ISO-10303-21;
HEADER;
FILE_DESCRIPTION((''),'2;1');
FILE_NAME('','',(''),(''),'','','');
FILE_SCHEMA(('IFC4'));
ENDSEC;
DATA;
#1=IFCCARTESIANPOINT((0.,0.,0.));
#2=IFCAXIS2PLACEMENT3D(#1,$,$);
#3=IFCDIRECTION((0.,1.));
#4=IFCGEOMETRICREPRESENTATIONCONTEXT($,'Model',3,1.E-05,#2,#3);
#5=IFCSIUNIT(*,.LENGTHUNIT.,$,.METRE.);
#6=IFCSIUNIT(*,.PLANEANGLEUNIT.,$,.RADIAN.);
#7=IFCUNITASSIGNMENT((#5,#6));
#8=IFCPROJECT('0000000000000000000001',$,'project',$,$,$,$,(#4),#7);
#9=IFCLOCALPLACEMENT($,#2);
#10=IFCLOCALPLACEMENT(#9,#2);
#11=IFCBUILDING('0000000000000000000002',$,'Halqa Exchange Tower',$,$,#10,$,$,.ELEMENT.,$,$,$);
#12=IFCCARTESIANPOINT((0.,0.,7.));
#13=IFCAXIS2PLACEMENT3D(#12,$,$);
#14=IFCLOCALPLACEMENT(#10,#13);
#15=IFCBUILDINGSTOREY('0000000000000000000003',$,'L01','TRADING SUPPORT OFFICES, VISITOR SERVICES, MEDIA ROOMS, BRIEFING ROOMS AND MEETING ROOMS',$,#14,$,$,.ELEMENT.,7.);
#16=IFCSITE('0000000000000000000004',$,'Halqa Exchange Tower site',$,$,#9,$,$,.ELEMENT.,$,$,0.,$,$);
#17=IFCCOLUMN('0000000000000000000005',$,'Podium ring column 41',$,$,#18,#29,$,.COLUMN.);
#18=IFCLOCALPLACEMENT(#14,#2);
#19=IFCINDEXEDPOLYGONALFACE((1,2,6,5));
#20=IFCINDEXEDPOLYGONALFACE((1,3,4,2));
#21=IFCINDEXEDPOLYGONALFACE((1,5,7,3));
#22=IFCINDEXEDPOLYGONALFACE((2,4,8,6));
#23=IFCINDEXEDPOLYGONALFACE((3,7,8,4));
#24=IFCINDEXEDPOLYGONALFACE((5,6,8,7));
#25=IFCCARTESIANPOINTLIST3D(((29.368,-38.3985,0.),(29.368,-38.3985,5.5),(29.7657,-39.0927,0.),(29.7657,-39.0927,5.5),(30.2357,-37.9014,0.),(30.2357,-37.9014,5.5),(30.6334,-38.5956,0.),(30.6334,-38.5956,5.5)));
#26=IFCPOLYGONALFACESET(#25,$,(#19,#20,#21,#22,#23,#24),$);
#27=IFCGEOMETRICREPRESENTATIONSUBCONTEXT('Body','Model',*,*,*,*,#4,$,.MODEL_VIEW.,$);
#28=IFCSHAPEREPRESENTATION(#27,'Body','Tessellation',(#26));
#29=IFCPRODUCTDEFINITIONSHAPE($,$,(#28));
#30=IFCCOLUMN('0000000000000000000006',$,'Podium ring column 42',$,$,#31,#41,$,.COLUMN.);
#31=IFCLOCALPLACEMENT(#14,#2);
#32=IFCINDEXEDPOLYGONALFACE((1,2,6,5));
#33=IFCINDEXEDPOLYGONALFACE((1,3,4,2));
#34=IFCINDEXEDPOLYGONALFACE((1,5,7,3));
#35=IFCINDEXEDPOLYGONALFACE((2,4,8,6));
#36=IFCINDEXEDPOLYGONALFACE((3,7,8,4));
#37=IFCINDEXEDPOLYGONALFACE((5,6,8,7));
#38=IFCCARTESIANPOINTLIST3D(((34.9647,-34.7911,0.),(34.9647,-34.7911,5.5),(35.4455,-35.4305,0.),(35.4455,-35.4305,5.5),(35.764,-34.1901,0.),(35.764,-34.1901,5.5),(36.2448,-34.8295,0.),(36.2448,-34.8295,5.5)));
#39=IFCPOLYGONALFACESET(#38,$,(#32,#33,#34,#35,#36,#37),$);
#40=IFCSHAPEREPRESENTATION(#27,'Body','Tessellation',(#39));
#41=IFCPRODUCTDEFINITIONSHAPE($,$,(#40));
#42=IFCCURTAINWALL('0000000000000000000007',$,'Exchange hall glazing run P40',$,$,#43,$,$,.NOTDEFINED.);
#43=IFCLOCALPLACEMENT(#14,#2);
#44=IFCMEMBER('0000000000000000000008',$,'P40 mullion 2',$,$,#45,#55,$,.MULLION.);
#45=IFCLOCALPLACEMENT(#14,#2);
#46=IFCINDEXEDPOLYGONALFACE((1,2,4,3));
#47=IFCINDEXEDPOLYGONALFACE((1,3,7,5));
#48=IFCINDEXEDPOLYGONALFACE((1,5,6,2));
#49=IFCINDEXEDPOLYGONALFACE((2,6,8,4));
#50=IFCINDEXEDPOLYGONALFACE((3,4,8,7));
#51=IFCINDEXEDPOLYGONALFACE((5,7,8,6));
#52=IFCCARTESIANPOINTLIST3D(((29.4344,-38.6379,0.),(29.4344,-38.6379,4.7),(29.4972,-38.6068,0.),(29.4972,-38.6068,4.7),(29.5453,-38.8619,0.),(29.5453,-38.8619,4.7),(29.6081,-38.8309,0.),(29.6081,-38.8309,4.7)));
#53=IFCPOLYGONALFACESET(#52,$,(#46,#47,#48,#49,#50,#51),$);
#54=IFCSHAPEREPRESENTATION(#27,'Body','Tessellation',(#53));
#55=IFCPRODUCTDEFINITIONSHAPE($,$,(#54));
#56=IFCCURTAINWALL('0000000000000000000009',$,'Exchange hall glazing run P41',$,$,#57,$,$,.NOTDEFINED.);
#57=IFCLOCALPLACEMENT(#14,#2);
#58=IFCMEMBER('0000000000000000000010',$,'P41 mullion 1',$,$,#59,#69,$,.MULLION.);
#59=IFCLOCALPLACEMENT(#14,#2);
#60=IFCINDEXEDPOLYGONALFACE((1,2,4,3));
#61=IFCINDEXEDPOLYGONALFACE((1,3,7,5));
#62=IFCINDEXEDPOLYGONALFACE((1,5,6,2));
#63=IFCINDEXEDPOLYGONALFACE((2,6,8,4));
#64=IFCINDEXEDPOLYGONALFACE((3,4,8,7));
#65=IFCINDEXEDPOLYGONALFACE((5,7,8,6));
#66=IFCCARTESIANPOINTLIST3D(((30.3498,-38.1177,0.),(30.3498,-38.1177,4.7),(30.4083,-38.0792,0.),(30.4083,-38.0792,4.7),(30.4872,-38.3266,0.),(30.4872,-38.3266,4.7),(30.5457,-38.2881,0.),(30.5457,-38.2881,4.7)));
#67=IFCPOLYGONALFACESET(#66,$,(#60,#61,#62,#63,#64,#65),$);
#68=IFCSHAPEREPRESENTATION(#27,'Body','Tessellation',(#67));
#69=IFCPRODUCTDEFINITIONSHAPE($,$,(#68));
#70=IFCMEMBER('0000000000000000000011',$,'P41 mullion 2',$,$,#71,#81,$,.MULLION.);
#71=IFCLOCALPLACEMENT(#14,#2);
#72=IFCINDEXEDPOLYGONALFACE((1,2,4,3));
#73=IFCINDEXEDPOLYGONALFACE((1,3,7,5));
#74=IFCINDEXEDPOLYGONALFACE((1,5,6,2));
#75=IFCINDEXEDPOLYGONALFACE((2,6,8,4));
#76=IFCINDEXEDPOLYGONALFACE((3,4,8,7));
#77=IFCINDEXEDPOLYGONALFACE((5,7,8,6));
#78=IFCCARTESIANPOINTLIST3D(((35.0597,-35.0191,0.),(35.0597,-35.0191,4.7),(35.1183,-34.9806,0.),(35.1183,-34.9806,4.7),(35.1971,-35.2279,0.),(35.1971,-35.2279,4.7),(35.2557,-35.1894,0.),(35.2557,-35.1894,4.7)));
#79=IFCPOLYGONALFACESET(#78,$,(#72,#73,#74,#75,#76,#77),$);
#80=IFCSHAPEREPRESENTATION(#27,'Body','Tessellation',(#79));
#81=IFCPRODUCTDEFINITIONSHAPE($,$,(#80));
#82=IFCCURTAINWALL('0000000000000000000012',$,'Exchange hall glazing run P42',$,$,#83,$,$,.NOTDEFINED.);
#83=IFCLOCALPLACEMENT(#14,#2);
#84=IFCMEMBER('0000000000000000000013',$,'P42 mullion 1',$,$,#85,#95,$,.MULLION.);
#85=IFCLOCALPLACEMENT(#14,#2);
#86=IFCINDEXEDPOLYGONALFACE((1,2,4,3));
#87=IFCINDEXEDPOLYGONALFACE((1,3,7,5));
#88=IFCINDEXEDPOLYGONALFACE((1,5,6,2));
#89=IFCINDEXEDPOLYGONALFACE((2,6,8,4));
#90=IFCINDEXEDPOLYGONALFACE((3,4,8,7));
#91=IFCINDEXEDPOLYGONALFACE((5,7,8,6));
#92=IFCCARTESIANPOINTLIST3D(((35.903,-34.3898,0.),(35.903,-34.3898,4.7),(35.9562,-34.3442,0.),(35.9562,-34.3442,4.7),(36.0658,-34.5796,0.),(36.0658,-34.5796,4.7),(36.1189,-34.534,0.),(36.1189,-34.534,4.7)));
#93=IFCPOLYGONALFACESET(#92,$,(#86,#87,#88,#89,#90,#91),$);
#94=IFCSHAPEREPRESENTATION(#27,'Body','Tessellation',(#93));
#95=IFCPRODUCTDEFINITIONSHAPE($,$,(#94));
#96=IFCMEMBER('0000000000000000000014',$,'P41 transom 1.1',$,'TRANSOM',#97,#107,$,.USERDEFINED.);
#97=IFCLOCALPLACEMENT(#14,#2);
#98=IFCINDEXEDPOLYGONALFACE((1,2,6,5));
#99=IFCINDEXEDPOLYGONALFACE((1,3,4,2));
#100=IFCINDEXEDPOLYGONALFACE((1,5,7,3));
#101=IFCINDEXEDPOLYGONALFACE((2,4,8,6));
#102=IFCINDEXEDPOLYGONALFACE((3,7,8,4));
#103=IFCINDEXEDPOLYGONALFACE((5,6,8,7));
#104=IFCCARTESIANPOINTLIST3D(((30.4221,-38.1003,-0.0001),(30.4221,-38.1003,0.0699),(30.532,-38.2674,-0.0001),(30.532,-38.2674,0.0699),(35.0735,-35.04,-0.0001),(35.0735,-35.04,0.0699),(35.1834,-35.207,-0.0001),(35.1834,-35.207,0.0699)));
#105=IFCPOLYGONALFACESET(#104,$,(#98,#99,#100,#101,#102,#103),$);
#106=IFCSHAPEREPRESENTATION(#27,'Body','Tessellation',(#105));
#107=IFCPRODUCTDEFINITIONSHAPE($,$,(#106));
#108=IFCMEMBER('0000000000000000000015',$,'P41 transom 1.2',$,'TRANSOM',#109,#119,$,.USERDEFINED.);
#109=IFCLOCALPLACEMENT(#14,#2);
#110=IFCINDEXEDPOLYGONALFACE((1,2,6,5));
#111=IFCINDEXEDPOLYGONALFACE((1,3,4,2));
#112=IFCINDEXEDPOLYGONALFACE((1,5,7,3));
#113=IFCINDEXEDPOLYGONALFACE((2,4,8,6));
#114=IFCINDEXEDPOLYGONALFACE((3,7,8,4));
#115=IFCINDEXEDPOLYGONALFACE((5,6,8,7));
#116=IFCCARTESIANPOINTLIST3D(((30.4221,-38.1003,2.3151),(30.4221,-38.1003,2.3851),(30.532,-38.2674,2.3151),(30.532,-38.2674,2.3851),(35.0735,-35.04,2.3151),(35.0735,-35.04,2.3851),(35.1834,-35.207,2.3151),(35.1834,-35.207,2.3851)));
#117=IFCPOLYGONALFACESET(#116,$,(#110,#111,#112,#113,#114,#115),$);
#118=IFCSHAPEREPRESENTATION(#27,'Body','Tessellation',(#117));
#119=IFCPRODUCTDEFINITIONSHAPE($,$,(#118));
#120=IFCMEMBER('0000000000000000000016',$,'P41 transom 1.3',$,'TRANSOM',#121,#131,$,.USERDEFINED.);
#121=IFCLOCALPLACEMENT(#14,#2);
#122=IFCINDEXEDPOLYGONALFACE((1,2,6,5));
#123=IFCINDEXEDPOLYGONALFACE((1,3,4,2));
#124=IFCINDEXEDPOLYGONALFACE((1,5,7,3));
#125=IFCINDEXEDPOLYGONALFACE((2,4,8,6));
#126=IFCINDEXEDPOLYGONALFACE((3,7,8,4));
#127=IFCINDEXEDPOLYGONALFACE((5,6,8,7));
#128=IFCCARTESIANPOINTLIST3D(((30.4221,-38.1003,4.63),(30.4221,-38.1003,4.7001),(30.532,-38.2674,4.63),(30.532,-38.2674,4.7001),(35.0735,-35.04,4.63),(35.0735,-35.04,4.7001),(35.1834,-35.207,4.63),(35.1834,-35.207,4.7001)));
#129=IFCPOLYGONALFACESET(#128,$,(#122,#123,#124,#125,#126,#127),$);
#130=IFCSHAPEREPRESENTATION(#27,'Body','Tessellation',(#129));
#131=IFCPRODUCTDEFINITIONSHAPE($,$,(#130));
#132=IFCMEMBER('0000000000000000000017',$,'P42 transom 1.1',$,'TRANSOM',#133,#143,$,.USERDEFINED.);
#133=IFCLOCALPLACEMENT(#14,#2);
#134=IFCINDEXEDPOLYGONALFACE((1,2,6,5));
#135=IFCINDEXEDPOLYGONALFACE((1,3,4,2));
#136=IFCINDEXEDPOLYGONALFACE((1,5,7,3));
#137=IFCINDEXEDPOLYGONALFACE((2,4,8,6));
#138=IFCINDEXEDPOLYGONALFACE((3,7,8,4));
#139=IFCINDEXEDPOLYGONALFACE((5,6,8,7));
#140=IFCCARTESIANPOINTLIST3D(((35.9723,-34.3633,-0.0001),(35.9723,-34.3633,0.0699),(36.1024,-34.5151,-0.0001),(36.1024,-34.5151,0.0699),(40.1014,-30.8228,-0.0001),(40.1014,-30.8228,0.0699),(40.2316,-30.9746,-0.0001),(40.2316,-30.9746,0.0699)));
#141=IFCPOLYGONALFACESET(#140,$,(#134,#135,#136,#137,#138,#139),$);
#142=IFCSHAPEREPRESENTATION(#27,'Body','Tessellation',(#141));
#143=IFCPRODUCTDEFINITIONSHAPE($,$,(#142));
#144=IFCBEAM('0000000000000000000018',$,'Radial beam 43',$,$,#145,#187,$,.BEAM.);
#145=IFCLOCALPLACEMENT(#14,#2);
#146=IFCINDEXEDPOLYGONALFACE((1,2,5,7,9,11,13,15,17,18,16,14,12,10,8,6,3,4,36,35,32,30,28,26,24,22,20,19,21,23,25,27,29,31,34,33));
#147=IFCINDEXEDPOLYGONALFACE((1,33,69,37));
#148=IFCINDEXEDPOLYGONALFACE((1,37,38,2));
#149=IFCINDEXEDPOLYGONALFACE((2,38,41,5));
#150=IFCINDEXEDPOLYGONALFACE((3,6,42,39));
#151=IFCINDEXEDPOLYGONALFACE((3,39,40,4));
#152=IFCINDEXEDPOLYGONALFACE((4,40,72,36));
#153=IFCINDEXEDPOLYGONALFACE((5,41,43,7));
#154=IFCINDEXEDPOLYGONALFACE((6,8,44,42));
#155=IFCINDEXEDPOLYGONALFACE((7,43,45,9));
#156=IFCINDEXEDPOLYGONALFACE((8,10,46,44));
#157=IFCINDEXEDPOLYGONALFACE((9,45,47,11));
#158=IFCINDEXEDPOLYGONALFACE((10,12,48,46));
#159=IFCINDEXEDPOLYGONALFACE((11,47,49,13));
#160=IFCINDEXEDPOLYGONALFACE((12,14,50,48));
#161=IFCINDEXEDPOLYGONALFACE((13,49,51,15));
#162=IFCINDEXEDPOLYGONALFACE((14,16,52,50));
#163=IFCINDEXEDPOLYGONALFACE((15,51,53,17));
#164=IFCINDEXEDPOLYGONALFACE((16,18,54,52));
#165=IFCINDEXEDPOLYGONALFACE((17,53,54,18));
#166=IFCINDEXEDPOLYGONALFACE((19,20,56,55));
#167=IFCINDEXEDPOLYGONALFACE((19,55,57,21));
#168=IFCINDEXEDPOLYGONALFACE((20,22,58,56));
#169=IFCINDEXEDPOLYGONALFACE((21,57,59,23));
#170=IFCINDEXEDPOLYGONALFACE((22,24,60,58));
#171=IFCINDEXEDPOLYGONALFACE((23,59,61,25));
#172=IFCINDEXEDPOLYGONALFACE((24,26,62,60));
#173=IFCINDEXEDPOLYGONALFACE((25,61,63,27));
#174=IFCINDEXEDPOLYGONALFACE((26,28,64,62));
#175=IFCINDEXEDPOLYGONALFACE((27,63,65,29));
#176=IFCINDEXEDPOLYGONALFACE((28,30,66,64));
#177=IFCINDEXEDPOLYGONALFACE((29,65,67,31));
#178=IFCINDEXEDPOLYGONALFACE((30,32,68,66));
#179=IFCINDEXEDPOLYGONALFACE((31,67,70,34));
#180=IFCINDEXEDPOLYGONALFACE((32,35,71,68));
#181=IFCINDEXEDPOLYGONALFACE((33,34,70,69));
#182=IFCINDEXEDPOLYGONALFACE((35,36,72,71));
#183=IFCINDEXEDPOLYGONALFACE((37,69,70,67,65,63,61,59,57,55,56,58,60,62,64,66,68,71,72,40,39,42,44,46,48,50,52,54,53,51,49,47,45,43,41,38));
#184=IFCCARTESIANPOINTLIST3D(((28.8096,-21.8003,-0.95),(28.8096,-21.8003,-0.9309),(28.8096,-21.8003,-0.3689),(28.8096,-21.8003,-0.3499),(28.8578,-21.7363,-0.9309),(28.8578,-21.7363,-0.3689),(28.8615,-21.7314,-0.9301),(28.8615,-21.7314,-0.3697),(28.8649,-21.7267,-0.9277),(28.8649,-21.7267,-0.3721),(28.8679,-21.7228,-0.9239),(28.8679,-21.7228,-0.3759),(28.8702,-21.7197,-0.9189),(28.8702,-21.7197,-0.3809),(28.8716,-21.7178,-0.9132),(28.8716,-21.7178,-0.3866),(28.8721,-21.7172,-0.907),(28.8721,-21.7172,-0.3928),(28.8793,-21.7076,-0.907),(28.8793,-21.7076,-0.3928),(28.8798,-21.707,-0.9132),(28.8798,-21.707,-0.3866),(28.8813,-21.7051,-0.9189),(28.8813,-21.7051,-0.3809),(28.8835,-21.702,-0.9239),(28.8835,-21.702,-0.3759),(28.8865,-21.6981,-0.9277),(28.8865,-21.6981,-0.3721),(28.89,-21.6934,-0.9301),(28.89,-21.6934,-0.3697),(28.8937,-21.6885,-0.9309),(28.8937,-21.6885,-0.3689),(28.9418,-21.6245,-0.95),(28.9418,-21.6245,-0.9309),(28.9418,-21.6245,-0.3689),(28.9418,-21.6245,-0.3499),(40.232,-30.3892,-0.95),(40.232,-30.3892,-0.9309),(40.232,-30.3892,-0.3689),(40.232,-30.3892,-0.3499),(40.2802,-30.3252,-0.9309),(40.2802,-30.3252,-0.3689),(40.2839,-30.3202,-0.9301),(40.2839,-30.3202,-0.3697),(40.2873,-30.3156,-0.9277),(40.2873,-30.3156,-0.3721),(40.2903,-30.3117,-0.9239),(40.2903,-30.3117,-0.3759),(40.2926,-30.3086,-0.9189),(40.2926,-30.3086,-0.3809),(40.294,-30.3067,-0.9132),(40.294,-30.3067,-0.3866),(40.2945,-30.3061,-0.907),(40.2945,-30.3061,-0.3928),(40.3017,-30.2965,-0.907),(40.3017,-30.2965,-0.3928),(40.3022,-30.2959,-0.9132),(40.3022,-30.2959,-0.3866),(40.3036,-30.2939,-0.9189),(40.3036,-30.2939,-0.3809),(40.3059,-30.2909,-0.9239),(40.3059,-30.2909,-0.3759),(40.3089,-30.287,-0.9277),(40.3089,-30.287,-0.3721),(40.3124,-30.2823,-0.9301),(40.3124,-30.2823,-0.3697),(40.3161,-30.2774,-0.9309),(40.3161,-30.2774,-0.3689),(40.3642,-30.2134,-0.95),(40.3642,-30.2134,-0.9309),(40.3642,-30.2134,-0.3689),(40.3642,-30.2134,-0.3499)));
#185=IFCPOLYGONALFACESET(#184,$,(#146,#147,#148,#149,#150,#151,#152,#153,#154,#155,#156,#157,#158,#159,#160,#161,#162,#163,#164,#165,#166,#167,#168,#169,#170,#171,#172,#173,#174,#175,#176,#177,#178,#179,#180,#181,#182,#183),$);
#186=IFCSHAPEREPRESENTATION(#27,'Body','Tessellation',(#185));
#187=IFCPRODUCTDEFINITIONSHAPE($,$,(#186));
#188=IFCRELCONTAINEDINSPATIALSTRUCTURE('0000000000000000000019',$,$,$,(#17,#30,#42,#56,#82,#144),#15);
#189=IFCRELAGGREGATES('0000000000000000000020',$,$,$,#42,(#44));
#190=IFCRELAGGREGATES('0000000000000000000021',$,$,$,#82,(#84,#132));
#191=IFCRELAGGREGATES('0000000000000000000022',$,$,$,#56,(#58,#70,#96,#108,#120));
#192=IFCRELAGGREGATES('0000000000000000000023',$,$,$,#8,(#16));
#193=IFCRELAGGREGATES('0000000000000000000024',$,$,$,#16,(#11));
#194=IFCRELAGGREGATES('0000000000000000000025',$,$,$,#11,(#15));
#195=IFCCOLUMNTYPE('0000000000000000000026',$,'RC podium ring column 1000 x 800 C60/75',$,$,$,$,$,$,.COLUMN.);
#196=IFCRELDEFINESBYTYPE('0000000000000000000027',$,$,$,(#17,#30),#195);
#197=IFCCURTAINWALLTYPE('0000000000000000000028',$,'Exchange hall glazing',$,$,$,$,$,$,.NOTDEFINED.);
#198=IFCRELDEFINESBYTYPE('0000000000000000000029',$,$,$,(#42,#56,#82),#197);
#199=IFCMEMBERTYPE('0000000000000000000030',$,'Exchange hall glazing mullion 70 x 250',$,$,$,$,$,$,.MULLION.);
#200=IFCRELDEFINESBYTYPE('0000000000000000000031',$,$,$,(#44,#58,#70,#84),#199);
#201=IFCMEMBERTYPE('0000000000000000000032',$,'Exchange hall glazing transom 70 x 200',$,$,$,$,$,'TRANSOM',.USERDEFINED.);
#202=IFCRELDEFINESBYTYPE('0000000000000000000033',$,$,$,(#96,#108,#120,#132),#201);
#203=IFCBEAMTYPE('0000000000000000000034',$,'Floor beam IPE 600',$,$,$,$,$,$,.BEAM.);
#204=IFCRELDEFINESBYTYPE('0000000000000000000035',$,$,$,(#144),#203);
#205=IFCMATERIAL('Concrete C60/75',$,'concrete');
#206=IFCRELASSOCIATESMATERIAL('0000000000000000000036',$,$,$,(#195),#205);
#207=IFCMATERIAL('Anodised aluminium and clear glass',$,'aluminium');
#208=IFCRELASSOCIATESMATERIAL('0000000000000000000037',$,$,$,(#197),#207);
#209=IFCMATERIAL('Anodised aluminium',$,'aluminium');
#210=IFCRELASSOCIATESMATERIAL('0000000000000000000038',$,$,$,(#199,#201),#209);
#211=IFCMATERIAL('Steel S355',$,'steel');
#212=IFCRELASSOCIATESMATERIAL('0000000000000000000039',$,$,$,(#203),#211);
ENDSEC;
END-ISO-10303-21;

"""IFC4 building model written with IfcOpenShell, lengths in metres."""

from ifc_helpers import new_model, si_unit, direction, frame, origin, origin_2d, place, context, subcontext, project, spatial, rectangle, i_section, extrude, material, material_profile, profile_set, type_object, element, aggregate, save


model = new_model("IFC4")

# Units and contexts
model_context = context("Model", 3, precision=1e-05, world=origin(), true_north=direction((0.0, 1.0)))
body_context = subcontext(model_context, "Body", "Model", "MODEL_VIEW")
ifc_project = project(units=[si_unit("LENGTHUNIT", "METRE"), si_unit("PLANEANGLEUNIT", "RADIAN")], contexts=[model_context])

# Site, building, storey
site_placement = place(None, origin())
site = spatial("IfcSite", under=ifc_project, at=site_placement, Name="Halqa Exchange Tower site", CompositionType="ELEMENT", RefElevation=0.0)
building_placement = place(site_placement, origin())
building = spatial("IfcBuilding", under=site, at=building_placement, Name="Halqa Exchange Tower", CompositionType="ELEMENT")
storey_placement = place(building_placement, frame((0.0, 0.0, 7.0)))
storey = spatial("IfcBuildingStorey", under=building, at=storey_placement, Name="L01", Description="TRADING SUPPORT OFFICES, VISITOR SERVICES, MEDIA ROOMS, BRIEFING ROOMS AND MEETING ROOMS", CompositionType="ELEMENT", Elevation=7.0)

# Columns
ifc_material_1 = material(Name="Concrete C60/75", Category="concrete")
ifc_material_profile_1 = material_profile(ifc_material_1, rectangle(XDim=1.0, YDim=0.8, at=origin_2d()), Name="1000 x 800")
ifc_profile_set_1 = profile_set([ifc_material_profile_1], Name="Concrete C60/75")
column_type = type_object("IfcColumnType", Name="RC podium ring column 1000 x 800 C60/75", PredefinedType="COLUMN", material=ifc_profile_set_1)
for number, where, z_axis, x_axis, name in (
    (1, (30.0007, -38.4971, 0.0), (0.0, 0.0, 1.0), (0.867693, 0.4971, 0.0), "Podium ring column 41"),
    (2, (35.6047, -34.8103, 0.0), (0.0, 0.0, 1.0), (0.79926, 0.600985, 0.0), "Podium ring column 42"),
):
    element("IfcColumn", number, at=place(storey_placement, frame(where, z_axis=z_axis, x_axis=x_axis)), inside=storey, type_object=column_type, Name=name, PredefinedType="COLUMN", context=body_context, shape_type="SweptSolid", body=[
        extrude(rectangle(XDim=1.0, YDim=0.8, at=origin_2d()), origin(), (0.0, 0.0, 1.0), 5.5),
    ])

# Curtain wall, member
ifc_material_2 = material(Name="Anodised aluminium and clear glass", Category="aluminium")
curtain_wall_type = type_object("IfcCurtainWallType", Name="Exchange hall glazing", PredefinedType="NOTDEFINED", material=ifc_material_2)
curtain_wall_1_placement = place(storey_placement, origin())
curtain_wall_1 = element("IfcCurtainWall", 3, at=curtain_wall_1_placement, inside=storey, type_object=curtain_wall_type, Name="Exchange hall glazing run P40", PredefinedType="NOTDEFINED")
ifc_material_3 = material(Name="Anodised aluminium", Category="aluminium")
ifc_material_profile_2 = material_profile(ifc_material_3, rectangle(XDim=0.25, YDim=0.0701, at=origin_2d()), Name="AL 70x250")
ifc_profile_set_2 = profile_set([ifc_material_profile_2], Name="Anodised aluminium")
member_type_1 = type_object("IfcMemberType", Name="Exchange hall glazing mullion 70 x 250", PredefinedType="MULLION", material=ifc_profile_set_2)
member_1_placement = place(storey_placement, frame((29.5212, -38.7344, 0.0), z_axis=(0.0, 0.0, 1.0), x_axis=(-0.443653, 0.896198, 0.0)))
member_1 = element("IfcMember", 4, at=member_1_placement, type_object=member_type_1, Name="P40 mullion 2", PredefinedType="MULLION", context=body_context, shape_type="SweptSolid", body=[
    extrude(rectangle(XDim=0.25, YDim=0.0701, at=origin_2d()), origin(), (0.0, 0.0, 1.0), 4.7),
])
aggregate(curtain_wall_1, [member_1])

# Curtain wall, members
curtain_wall_2_placement = place(storey_placement, origin())
curtain_wall_2 = element("IfcCurtainWall", 5, at=curtain_wall_2_placement, inside=storey, type_object=curtain_wall_type, Name="Exchange hall glazing run P41", PredefinedType="NOTDEFINED")
member_2_placement = place(storey_placement, frame((30.4478, -38.2029, 0.0), z_axis=(0.0, 0.0, 1.0), x_axis=(-0.54962, 0.835415, 0.0)))
member_2 = element("IfcMember", 6, at=member_2_placement, type_object=member_type_1, Name="P41 mullion 1", PredefinedType="MULLION", context=body_context, shape_type="SweptSolid", body=[
    extrude(rectangle(XDim=0.25, YDim=0.0701, at=origin_2d()), origin(), (0.0, 0.0, 1.0), 4.7),
])
member_3_placement = place(storey_placement, frame((35.1577, -35.1042, 0.0), z_axis=(0.0, 0.0, 1.0), x_axis=(-0.54962, 0.835415, 0.0)))
member_3 = element("IfcMember", 7, at=member_3_placement, type_object=member_type_1, Name="P41 mullion 2", PredefinedType="MULLION", context=body_context, shape_type="SweptSolid", body=[
    extrude(rectangle(XDim=0.25, YDim=0.0701, at=origin_2d()), origin(), (0.0, 0.0, 1.0), 4.7),
])

# Curtain wall, member
curtain_wall_3_placement = place(storey_placement, origin())
curtain_wall_3 = element("IfcCurtainWall", 8, at=curtain_wall_3_placement, inside=storey, type_object=curtain_wall_type, Name="Exchange hall glazing run P42", PredefinedType="NOTDEFINED")
member_4_placement = place(storey_placement, frame((36.011, -34.4619, 0.0), z_axis=(0.0, 0.0, 1.0), x_axis=(-0.650911, 0.759154, 0.0)))
member_4 = element("IfcMember", 9, at=member_4_placement, type_object=member_type_1, Name="P42 mullion 1", PredefinedType="MULLION", context=body_context, shape_type="SweptSolid", body=[
    extrude(rectangle(XDim=0.25, YDim=0.0701, at=origin_2d()), origin(), (0.0, 0.0, 1.0), 4.7),
])

# Members
ifc_material_profile_3 = material_profile(ifc_material_3, rectangle(XDim=0.2, YDim=0.0701, at=origin_2d()), Name="AL 70x200")
ifc_profile_set_3 = profile_set([ifc_material_profile_3], Name="Anodised aluminium")
member_type_2 = type_object("IfcMemberType", Name="Exchange hall glazing transom 70 x 200", ElementType="TRANSOM", PredefinedType="USERDEFINED", material=ifc_profile_set_3)
member_5_placement = place(storey_placement, frame((30.4771, -38.1838, 0.0349), z_axis=(0.835401, 0.549641, 0.0), x_axis=(-0.549641, 0.835401, 0.0)))
member_5 = element("IfcMember", 10, at=member_5_placement, type_object=member_type_2, Name="P41 transom 1.1", ObjectType="TRANSOM", PredefinedType="USERDEFINED", context=body_context, shape_type="SweptSolid", body=[
    extrude(rectangle(XDim=0.2, YDim=0.0701, at=origin_2d()), origin(), (0.0, 0.0, 1.0), 5.5679),
])
member_6_placement = place(storey_placement, frame((30.4771, -38.1838, 2.3501), z_axis=(0.835401, 0.549641, 0.0), x_axis=(-0.549641, 0.835401, 0.0)))
member_6 = element("IfcMember", 11, at=member_6_placement, type_object=member_type_2, Name="P41 transom 1.2", ObjectType="TRANSOM", PredefinedType="USERDEFINED", context=body_context, shape_type="SweptSolid", body=[
    extrude(rectangle(XDim=0.2, YDim=0.0701, at=origin_2d()), origin(), (0.0, 0.0, 1.0), 5.5679),
])
member_7_placement = place(storey_placement, frame((30.4771, -38.1838, 4.665), z_axis=(0.835401, 0.549641, 0.0), x_axis=(-0.549641, 0.835401, 0.0)))
member_7 = element("IfcMember", 12, at=member_7_placement, type_object=member_type_2, Name="P41 transom 1.3", ObjectType="TRANSOM", PredefinedType="USERDEFINED", context=body_context, shape_type="SweptSolid", body=[
    extrude(rectangle(XDim=0.2, YDim=0.0701, at=origin_2d()), origin(), (0.0, 0.0, 1.0), 5.5679),
])
member_8_placement = place(storey_placement, frame((36.0374, -34.4392, 0.0349), z_axis=(0.759143, 0.650924, 0.0), x_axis=(-0.650924, 0.759143, 0.0)))
member_8 = element("IfcMember", 13, at=member_8_placement, type_object=member_type_2, Name="P42 transom 1.1", ObjectType="TRANSOM", PredefinedType="USERDEFINED", context=body_context, shape_type="SweptSolid", body=[
    extrude(rectangle(XDim=0.2, YDim=0.0701, at=origin_2d()), origin(), (0.0, 0.0, 1.0), 5.4392),
])
aggregate(curtain_wall_3, [member_4, member_8])

# Beam
ifc_material_4 = material(Name="Steel S355", Category="steel")
ifc_material_profile_4 = material_profile(ifc_material_4, i_section(OverallWidth=0.22, OverallDepth=0.6001, WebThickness=0.012, FlangeThickness=0.019, FilletRadius=0.0239, at=origin_2d()), Name="IPE 600")
ifc_profile_set_4 = profile_set([ifc_material_profile_4], Name="Steel S355")
beam_type_1 = type_object("IfcBeamType", Name="Floor beam IPE 600", PredefinedType="BEAM", material=ifc_profile_set_4)
beam_1_placement = place(storey_placement, frame((28.8757, -21.7124, -0.6499), z_axis=(0.799257, -0.600989, 0.0), x_axis=(0.600989, 0.799257, 0.0)))
element("IfcBeam", 14, at=beam_1_placement, inside=storey, type_object=beam_type_1, Name="Radial beam 43", PredefinedType="BEAM", context=body_context, shape_type="SweptSolid", body=[
    extrude(i_section(OverallWidth=0.22, OverallDepth=0.6001, WebThickness=0.012, FlangeThickness=0.019, FilletRadius=0.0239, at=origin_2d()), origin(), (0.0, 0.0, 1.0), 14.2913),
])

aggregate(curtain_wall_2, [member_2, member_3, member_5, member_6, member_7])

save(model, "model.ifc")
